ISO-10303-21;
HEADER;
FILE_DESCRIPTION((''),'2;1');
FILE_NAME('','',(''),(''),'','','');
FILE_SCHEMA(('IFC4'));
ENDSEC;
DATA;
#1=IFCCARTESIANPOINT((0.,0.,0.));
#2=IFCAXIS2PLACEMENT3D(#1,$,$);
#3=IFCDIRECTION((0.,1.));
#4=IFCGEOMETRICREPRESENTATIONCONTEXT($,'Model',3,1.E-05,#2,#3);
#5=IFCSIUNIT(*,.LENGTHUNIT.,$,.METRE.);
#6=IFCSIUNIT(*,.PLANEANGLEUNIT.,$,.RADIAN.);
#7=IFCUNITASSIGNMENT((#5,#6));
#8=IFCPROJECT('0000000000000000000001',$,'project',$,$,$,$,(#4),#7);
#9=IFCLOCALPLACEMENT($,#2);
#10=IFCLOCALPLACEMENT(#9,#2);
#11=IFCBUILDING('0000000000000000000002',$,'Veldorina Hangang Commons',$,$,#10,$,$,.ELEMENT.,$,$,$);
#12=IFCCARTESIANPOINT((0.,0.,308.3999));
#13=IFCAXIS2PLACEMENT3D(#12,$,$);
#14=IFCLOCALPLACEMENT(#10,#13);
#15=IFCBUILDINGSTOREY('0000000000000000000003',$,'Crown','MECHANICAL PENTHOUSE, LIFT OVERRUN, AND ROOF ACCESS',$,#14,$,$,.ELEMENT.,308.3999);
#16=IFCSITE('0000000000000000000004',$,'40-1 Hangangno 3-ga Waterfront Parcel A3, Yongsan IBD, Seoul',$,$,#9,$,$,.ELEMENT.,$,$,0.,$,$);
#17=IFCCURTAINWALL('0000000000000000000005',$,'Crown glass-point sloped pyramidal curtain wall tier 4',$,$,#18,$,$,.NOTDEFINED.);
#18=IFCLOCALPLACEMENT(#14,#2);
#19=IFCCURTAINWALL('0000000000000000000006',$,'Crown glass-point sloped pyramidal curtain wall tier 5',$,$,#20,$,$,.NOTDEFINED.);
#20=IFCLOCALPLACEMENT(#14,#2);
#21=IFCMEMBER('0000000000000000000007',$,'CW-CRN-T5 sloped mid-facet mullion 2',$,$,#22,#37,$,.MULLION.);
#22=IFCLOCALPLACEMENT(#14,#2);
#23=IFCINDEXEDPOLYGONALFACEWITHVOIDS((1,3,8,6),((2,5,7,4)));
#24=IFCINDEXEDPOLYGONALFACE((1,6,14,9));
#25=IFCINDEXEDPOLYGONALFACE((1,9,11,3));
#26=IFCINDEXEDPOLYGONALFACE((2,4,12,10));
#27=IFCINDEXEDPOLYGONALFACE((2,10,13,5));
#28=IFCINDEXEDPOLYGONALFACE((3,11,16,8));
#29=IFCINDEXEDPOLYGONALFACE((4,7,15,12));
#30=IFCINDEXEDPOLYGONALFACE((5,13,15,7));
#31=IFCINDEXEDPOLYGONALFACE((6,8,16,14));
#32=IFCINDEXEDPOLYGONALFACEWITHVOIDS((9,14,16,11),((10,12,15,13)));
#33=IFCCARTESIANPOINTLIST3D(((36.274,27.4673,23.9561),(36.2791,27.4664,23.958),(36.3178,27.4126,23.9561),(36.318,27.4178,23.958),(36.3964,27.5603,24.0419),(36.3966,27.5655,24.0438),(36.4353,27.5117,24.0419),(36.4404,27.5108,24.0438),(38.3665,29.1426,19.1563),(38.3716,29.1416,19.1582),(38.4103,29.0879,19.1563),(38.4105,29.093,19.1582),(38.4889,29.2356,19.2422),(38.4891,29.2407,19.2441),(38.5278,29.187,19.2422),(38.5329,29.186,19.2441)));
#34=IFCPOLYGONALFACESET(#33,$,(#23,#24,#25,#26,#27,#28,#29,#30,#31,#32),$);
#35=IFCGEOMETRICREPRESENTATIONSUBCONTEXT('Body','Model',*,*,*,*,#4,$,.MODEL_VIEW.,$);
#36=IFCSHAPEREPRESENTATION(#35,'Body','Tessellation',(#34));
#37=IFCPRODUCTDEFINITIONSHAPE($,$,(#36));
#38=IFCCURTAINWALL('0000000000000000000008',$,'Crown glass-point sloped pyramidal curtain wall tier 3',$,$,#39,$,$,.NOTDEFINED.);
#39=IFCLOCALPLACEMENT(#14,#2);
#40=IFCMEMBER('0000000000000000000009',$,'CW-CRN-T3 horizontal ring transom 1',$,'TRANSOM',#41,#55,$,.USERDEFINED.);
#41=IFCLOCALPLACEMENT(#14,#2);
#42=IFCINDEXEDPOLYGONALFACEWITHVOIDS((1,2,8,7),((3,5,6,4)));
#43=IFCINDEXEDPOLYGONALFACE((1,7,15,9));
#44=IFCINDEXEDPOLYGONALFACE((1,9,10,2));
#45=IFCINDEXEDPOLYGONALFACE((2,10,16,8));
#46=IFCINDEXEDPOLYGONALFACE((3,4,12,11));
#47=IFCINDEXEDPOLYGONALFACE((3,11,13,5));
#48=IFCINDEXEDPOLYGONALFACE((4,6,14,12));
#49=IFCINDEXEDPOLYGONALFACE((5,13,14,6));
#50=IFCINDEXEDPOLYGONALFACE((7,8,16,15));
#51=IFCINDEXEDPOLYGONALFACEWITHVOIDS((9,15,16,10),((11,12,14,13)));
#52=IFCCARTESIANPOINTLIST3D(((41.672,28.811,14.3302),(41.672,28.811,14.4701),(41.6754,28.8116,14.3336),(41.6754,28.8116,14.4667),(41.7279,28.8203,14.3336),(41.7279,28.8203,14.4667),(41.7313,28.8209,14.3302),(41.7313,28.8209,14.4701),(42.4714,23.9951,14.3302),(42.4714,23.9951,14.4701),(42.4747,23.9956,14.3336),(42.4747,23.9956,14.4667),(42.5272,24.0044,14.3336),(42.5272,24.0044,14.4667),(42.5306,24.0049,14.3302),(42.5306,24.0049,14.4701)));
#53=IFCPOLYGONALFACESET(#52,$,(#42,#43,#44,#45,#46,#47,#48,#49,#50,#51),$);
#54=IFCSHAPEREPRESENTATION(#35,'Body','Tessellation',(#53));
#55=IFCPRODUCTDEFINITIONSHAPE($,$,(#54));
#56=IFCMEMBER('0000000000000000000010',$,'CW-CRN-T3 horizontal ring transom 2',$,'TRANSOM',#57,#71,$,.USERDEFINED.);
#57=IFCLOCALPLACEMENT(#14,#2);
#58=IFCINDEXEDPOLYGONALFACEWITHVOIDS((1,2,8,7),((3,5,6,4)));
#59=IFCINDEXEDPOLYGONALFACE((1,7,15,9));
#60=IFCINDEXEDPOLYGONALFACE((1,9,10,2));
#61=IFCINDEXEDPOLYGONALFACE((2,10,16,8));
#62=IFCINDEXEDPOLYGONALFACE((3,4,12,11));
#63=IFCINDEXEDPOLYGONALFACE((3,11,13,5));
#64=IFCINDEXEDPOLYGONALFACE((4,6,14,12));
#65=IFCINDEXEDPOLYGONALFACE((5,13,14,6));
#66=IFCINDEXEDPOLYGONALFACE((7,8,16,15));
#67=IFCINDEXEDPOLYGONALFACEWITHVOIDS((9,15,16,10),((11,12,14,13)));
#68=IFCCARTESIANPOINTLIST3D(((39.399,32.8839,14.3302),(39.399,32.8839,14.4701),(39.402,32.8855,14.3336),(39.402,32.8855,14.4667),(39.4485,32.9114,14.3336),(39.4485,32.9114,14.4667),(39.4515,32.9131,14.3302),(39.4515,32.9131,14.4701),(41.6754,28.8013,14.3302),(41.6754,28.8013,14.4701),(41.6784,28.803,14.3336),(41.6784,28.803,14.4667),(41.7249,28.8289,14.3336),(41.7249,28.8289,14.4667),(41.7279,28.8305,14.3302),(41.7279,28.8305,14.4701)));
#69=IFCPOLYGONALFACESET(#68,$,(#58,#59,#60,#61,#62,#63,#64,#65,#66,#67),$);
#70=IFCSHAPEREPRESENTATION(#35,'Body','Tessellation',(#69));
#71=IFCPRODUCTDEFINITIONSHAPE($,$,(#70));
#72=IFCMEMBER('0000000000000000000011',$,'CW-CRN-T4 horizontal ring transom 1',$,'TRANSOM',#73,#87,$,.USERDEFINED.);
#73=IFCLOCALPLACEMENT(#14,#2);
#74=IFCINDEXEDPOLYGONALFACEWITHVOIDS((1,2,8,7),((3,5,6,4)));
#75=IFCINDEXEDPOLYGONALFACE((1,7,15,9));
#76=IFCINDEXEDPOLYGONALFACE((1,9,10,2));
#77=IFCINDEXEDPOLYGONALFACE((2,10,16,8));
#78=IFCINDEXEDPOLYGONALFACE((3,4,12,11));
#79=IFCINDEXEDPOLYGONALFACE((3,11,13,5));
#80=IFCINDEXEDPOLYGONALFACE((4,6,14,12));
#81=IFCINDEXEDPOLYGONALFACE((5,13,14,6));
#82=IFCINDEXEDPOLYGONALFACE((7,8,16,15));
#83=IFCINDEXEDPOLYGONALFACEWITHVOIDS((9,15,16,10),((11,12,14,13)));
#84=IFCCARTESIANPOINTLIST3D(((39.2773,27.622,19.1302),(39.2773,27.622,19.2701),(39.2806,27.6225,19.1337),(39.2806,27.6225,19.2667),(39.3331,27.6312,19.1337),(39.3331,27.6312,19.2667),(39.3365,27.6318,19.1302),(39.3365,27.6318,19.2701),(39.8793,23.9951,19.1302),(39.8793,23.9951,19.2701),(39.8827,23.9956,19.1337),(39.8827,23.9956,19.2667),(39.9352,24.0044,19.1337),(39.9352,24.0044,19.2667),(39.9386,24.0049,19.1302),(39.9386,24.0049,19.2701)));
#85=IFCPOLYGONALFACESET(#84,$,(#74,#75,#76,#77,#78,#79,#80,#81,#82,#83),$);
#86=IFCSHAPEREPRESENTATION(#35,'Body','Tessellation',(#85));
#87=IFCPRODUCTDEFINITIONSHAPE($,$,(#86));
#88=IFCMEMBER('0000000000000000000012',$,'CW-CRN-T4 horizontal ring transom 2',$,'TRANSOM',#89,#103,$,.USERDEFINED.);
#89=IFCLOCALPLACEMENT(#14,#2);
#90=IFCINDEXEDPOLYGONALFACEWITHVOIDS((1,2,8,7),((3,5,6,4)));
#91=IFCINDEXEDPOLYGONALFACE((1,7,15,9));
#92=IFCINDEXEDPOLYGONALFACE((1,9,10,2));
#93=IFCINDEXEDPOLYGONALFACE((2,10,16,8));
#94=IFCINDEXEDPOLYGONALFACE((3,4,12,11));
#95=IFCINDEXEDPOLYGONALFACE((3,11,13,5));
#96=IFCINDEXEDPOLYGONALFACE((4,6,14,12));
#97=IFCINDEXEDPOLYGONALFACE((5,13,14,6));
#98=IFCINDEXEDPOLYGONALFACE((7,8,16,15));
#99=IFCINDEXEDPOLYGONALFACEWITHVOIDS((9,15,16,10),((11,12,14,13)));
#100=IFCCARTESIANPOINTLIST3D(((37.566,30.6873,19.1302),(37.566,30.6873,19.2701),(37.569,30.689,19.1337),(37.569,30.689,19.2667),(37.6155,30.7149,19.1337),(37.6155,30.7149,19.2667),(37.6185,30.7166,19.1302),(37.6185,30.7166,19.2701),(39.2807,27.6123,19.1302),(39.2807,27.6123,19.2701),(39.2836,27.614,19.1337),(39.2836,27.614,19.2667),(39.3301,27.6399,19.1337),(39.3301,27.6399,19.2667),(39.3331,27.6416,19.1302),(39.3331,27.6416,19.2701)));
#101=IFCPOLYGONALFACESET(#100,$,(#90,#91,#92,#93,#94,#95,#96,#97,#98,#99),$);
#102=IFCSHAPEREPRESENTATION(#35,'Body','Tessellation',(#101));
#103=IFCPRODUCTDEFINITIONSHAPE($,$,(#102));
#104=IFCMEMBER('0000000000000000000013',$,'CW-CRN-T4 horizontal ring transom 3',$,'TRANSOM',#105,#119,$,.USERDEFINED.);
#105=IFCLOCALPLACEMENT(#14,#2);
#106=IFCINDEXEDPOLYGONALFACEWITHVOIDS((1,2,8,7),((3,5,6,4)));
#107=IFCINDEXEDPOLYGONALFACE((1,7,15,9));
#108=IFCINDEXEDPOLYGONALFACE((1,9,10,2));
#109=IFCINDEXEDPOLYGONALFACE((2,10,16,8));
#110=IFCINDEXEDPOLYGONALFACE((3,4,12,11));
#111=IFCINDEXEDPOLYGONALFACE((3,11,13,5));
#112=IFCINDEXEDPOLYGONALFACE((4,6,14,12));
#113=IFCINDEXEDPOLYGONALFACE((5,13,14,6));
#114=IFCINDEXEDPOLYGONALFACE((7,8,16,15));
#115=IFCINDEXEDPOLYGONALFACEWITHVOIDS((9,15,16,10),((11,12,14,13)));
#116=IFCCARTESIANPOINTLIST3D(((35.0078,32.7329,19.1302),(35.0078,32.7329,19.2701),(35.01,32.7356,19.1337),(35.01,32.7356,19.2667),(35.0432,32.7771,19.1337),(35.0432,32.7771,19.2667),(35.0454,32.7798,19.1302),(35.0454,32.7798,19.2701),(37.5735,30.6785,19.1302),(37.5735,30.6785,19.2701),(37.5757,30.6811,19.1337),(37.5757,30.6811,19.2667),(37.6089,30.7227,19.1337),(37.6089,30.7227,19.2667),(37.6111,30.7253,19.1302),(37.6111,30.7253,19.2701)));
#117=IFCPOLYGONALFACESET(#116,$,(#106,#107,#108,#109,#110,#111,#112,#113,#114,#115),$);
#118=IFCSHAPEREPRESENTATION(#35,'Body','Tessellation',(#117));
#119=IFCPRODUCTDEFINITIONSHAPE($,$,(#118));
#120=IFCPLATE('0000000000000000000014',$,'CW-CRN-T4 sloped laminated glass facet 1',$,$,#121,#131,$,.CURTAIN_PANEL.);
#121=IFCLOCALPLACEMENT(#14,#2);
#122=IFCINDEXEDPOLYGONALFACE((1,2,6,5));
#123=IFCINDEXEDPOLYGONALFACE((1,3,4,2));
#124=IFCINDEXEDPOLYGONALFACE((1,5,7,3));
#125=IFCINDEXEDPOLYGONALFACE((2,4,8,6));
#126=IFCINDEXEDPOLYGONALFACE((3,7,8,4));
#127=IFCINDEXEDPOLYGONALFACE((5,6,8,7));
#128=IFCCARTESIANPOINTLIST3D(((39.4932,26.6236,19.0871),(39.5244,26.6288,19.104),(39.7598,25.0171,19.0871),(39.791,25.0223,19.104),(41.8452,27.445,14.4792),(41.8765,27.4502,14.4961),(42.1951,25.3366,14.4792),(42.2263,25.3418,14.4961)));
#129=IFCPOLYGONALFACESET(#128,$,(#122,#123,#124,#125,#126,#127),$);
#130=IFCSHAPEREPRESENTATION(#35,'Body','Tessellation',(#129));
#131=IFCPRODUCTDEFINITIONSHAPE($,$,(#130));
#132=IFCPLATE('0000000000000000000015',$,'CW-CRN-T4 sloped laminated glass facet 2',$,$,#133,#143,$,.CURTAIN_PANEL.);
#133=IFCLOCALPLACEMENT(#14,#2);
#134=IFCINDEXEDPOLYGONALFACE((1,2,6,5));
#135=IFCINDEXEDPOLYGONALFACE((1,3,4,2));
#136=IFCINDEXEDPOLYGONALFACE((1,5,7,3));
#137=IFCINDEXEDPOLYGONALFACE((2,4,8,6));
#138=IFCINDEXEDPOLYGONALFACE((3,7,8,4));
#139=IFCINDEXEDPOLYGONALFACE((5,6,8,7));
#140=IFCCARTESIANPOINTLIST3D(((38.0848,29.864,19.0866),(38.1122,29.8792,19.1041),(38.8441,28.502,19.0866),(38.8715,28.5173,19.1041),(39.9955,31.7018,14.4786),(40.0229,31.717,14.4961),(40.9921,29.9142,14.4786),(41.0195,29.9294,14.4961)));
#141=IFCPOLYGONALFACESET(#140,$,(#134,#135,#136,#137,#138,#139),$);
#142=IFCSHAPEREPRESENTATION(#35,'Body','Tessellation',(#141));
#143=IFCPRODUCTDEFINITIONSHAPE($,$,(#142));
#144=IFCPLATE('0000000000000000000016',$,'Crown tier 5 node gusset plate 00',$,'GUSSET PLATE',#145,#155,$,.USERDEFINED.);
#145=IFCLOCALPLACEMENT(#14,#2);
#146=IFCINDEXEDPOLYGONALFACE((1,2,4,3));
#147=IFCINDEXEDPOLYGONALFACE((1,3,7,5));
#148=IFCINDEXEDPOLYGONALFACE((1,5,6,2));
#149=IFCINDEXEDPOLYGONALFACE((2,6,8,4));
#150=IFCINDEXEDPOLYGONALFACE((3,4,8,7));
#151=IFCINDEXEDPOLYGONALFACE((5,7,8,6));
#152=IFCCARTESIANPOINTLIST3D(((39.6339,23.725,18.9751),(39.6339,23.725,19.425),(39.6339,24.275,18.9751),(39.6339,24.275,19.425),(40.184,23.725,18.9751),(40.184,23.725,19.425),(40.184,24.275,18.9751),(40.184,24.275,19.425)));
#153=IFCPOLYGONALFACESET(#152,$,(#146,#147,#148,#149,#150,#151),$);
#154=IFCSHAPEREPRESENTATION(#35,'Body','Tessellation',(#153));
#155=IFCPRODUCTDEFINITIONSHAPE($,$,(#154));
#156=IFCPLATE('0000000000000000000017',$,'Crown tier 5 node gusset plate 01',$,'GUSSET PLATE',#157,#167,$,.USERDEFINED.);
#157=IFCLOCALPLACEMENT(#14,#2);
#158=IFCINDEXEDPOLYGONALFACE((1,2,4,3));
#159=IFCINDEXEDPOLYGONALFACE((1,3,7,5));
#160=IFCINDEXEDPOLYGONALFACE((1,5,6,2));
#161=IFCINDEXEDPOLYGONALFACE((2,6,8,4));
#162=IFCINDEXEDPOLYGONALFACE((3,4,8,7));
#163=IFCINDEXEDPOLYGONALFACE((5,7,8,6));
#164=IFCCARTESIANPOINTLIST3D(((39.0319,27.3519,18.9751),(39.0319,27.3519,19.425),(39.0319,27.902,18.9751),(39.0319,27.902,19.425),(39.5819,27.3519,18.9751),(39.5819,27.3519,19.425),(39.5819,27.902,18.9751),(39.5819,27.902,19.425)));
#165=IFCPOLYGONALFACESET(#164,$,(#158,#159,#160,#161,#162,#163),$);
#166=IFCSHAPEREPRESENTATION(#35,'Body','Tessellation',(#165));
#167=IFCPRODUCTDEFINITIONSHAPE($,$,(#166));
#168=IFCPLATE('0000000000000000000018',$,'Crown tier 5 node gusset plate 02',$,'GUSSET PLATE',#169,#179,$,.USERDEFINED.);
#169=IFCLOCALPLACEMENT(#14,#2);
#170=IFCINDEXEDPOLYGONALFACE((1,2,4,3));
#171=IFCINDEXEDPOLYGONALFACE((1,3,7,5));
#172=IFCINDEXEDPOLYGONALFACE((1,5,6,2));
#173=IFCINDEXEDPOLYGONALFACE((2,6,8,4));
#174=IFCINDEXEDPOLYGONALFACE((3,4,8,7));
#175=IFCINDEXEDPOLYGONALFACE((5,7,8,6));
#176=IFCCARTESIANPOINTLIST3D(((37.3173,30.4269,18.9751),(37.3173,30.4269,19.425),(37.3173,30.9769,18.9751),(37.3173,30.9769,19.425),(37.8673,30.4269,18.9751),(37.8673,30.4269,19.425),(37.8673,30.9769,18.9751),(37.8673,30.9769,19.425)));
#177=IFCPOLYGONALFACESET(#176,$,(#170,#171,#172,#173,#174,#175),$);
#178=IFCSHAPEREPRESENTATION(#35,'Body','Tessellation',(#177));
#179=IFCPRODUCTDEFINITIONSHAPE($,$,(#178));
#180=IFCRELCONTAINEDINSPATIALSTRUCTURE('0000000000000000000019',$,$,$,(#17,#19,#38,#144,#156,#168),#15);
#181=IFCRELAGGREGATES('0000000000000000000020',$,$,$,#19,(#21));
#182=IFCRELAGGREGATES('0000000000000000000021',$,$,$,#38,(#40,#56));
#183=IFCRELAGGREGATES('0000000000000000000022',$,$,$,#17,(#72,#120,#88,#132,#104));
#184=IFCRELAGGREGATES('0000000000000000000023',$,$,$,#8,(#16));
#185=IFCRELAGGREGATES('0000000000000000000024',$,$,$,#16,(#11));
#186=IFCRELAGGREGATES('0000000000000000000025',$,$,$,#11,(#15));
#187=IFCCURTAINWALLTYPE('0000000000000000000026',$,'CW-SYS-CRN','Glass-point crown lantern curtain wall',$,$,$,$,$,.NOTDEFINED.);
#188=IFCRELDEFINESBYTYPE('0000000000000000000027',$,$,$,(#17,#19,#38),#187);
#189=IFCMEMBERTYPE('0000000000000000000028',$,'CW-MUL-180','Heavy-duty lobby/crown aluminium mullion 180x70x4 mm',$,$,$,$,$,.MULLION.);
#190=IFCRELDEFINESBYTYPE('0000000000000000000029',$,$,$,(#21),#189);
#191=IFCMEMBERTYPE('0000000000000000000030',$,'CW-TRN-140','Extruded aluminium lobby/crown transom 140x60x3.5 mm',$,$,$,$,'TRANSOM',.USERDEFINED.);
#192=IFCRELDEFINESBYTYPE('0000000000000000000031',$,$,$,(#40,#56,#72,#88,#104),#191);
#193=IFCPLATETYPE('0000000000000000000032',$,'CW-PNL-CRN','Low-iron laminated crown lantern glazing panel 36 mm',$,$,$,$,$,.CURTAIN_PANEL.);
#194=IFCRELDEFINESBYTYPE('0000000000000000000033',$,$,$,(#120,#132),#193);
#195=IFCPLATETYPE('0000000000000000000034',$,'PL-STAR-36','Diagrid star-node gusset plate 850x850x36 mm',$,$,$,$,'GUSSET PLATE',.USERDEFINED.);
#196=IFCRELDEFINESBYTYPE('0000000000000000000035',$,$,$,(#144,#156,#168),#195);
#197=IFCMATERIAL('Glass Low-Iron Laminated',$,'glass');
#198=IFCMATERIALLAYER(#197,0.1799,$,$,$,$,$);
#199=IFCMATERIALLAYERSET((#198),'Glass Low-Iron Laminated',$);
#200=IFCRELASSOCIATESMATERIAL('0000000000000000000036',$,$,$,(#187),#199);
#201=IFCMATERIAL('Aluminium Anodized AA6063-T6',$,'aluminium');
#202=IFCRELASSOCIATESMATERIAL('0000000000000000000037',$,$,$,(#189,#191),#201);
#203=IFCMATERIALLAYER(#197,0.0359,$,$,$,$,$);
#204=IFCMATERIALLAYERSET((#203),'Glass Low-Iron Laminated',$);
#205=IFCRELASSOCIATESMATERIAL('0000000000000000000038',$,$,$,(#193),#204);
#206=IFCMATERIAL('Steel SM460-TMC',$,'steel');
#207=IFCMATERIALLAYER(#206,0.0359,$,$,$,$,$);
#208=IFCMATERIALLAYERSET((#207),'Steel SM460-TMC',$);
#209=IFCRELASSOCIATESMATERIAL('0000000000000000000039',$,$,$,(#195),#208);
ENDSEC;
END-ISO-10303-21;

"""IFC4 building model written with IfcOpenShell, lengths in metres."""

from ifc_helpers import new_model, si_unit, direction, frame, origin, origin_2d, place, context, subcontext, project, spatial, polyline, rectangle, hollow_rectangle, outline, extrude, material, layer, layer_set, material_profile, profile_set, type_object, element, aggregate, save


model = new_model("IFC4")

# Units and contexts
model_context = context("Model", 3, precision=1e-05, world=origin(), true_north=direction((0.0, 1.0)))
body_context = subcontext(model_context, "Body", "Model", "MODEL_VIEW")
ifc_project = project(units=[si_unit("LENGTHUNIT", "METRE"), si_unit("PLANEANGLEUNIT", "RADIAN")], contexts=[model_context])

# Site, building, storey
site_placement = place(None, origin())
site = spatial("IfcSite", under=ifc_project, at=site_placement, Name="40-1 Hangangno 3-ga Waterfront Parcel A3, Yongsan IBD, Seoul", CompositionType="ELEMENT", RefElevation=0.0)
building_placement = place(site_placement, origin())
building = spatial("IfcBuilding", under=site, at=building_placement, Name="Veldorina Hangang Commons", CompositionType="ELEMENT")
storey_placement = place(building_placement, frame((0.0, 0.0, 308.3999)))
storey = spatial("IfcBuildingStorey", under=building, at=storey_placement, Name="Crown", Description="MECHANICAL PENTHOUSE, LIFT OVERRUN, AND ROOF ACCESS", CompositionType="ELEMENT", Elevation=308.3999)

# Shared definitions
ifc_material_1 = material(Name="Steel SM460-TMC", Category="steel")

# Curtain wall
ifc_material_2 = material(Name="Glass Low-Iron Laminated", Category="glass")
ifc_layer_1 = layer(ifc_material_2, 0.1799)
ifc_layer_set_1 = layer_set([ifc_layer_1], Name="Glass Low-Iron Laminated")
curtain_wall_type = type_object("IfcCurtainWallType", Name="CW-SYS-CRN", Description="Glass-point crown lantern curtain wall", PredefinedType="NOTDEFINED", material=ifc_layer_set_1)
curtain_wall_1_placement = place(storey_placement, origin())
curtain_wall_1 = element("IfcCurtainWall", 1, at=curtain_wall_1_placement, inside=storey, type_object=curtain_wall_type, Name="Crown glass-point sloped pyramidal curtain wall tier 4", PredefinedType="NOTDEFINED")
ifc_material_3 = material(Name="Aluminium Anodized AA6063-T6", Category="aluminium")
ifc_material_profile_1 = material_profile(ifc_material_3, hollow_rectangle(XDim=0.0701, YDim=0.1799, WallThickness=0.0039, at=origin_2d()), Name="ALU-RHS-180x70x4")
ifc_profile_set_1 = profile_set([ifc_material_profile_1], Name="Aluminium Anodized AA6063-T6")
member_type_1 = type_object("IfcMemberType", Name="CW-MUL-180", Description="Heavy-duty lobby/crown aluminium mullion 180x70x4 mm", PredefinedType="MULLION", material=ifc_profile_set_1)

# Curtain walls, members
curtain_wall_2_placement = place(storey_placement, origin())
curtain_wall_2 = element("IfcCurtainWall", 2, at=curtain_wall_2_placement, inside=storey, type_object=curtain_wall_type, Name="Crown glass-point sloped pyramidal curtain wall tier 5", PredefinedType="NOTDEFINED")
member_1_placement = place(storey_placement, frame((38.4497, 29.1643, 19.2002), z_axis=(-0.380627, -0.304733, 0.873076), x_axis=(0.624984, -0.780638, 0.0)))
member_1 = element("IfcMember", 3, at=member_1_placement, type_object=member_type_1, Name="CW-CRN-T5 sloped mid-facet mullion 2", PredefinedType="MULLION", context=body_context, shape_type="SweptSolid", body=[
    extrude(hollow_rectangle(XDim=0.0701, YDim=0.1799, WallThickness=0.0039, at=origin_2d()), origin(), (0.0, 0.0, 1.0), 5.4976),
])
aggregate(curtain_wall_2, [member_1])
curtain_wall_3_placement = place(storey_placement, origin())
curtain_wall_3 = element("IfcCurtainWall", 4, at=curtain_wall_3_placement, inside=storey, type_object=curtain_wall_type, Name="Crown glass-point sloped pyramidal curtain wall tier 3", PredefinedType="NOTDEFINED")
ifc_material_profile_2 = material_profile(ifc_material_3, hollow_rectangle(XDim=0.0601, YDim=0.1399, WallThickness=0.0034, at=origin_2d()), Name="ALU-RHS-140x60x3.5")
ifc_profile_set_2 = profile_set([ifc_material_profile_2], Name="Aluminium Anodized AA6063-T6")
member_type_2 = type_object("IfcMemberType", Name="CW-TRN-140", Description="Extruded aluminium lobby/crown transom 140x60x3.5 mm", ElementType="TRANSOM", PredefinedType="USERDEFINED", material=ifc_profile_set_2)
member_2_placement = place(storey_placement, frame((42.501, 24.0, 14.4001), z_axis=(-0.163734, 0.986505, 0.0), x_axis=(-0.986505, -0.163734, 0.0)))
member_2 = element("IfcMember", 5, at=member_2_placement, type_object=member_type_2, Name="CW-CRN-T3 horizontal ring transom 1", ObjectType="TRANSOM", PredefinedType="USERDEFINED", context=body_context, shape_type="SweptSolid", body=[
    extrude(hollow_rectangle(XDim=0.0601, YDim=0.1399, WallThickness=0.0034, at=origin_2d()), origin(), (0.0, 0.0, 1.0), 4.8818),
])
member_3_placement = place(storey_placement, frame((41.7017, 28.8159, 14.4001), z_axis=(-0.486999, 0.873402, 0.0), x_axis=(-0.873402, -0.486999, 0.0)))
member_3 = element("IfcMember", 6, at=member_3_placement, type_object=member_type_2, Name="CW-CRN-T3 horizontal ring transom 2", ObjectType="TRANSOM", PredefinedType="USERDEFINED", context=body_context, shape_type="SweptSolid", body=[
    extrude(hollow_rectangle(XDim=0.0601, YDim=0.1399, WallThickness=0.0034, at=origin_2d()), origin(), (0.0, 0.0, 1.0), 4.6743),
])
aggregate(curtain_wall_3, [member_2, member_3])

# Members
member_4_placement = place(storey_placement, frame((39.9089, 24.0, 19.2002), z_axis=(-0.163753, 0.986501, 0.0), x_axis=(-0.986501, -0.163753, 0.0)))
member_4 = element("IfcMember", 7, at=member_4_placement, type_object=member_type_2, Name="CW-CRN-T4 horizontal ring transom 1", ObjectType="TRANSOM", PredefinedType="USERDEFINED", context=body_context, shape_type="SweptSolid", body=[
    extrude(hollow_rectangle(XDim=0.0601, YDim=0.1399, WallThickness=0.0034, at=origin_2d()), origin(), (0.0, 0.0, 1.0), 3.6765),
])
member_5_placement = place(storey_placement, frame((39.3069, 27.627, 19.2002), z_axis=(-0.487008, 0.873397, 0.0), x_axis=(-0.873397, -0.487008, 0.0)))
member_5 = element("IfcMember", 8, at=member_5_placement, type_object=member_type_2, Name="CW-CRN-T4 horizontal ring transom 2", ObjectType="TRANSOM", PredefinedType="USERDEFINED", context=body_context, shape_type="SweptSolid", body=[
    extrude(hollow_rectangle(XDim=0.0601, YDim=0.1399, WallThickness=0.0034, at=origin_2d()), origin(), (0.0, 0.0, 1.0), 3.5208),
])
member_6_placement = place(storey_placement, frame((37.5923, 30.7019, 19.2002), z_axis=(-0.780586, 0.625048, 0.0), x_axis=(-0.625048, -0.780586, 0.0)))
member_6 = element("IfcMember", 9, at=member_6_placement, type_object=member_type_2, Name="CW-CRN-T4 horizontal ring transom 3", ObjectType="TRANSOM", PredefinedType="USERDEFINED", context=body_context, shape_type="SweptSolid", body=[
    extrude(hollow_rectangle(XDim=0.0601, YDim=0.1399, WallThickness=0.0034, at=origin_2d()), origin(), (0.0, 0.0, 1.0), 3.2869),
])

# Plates
ifc_layer_2 = layer(ifc_material_2, 0.0359)
ifc_layer_set_2 = layer_set([ifc_layer_2], Name="Glass Low-Iron Laminated")
plate_type_1 = type_object("IfcPlateType", Name="CW-PNL-CRN", Description="Low-iron laminated crown lantern glazing panel 36 mm", PredefinedType="CURTAIN_PANEL", material=ifc_layer_set_2)
plate_1_placement = place(storey_placement, frame((42.2263, 25.3418, 14.4961), z_axis=(0.870666, 0.144482, 0.470176), x_axis=(-0.163703, 0.98651, -0.000004)))
plate_1 = element("IfcPlate", 10, at=plate_1_placement, type_object=plate_type_1, Name="CW-CRN-T4 sloped laminated glass facet 1", PredefinedType="CURTAIN_PANEL", context=body_context, shape_type="SweptSolid", body=[
    extrude(outline(polyline([(0.0, 0.0), (2.1372, 0.0), (1.7119, 5.2209), (0.0835, 5.2209), (0.0, 0.0)])), origin(), (0.0, 0.0, -1.0), 0.0359),
])
plate_2_placement = place(storey_placement, frame((41.0195, 29.9294, 14.4961), z_axis=(0.763247, 0.425525, 0.486193), x_axis=(-0.48695, 0.87343, -0.000007)))
plate_2 = element("IfcPlate", 11, at=plate_2_placement, type_object=plate_type_1, Name="CW-CRN-T4 sloped laminated glass facet 2", PredefinedType="CURTAIN_PANEL", context=body_context, shape_type="SweptSolid", body=[
    extrude(outline(polyline([(0.0, 0.0), (2.0466, 0.0), (1.3718, 5.2732), (-0.1875, 5.2732), (0.0, 0.0)])), origin(), (0.0, 0.0, -1.0), 0.0359),
])
aggregate(curtain_wall_1, [member_4, plate_1, member_5, plate_2, member_6])

# Plates
ifc_layer_3 = layer(ifc_material_1, 0.0359)
ifc_layer_set_3 = layer_set([ifc_layer_3], Name="Steel SM460-TMC")
plate_type_2 = type_object("IfcPlateType", Name="PL-STAR-36", Description="Diagrid star-node gusset plate 850x850x36 mm", ElementType="GUSSET PLATE", PredefinedType="USERDEFINED", material=ifc_layer_set_3)
for number, where, z_axis, x_axis, name in (
    (12, (39.9089, 24.0, 18.9751), (0.0, 0.0, 1.0), (1.0, 0.0, 0.0), "Crown tier 5 node gusset plate 00"),
    (13, (39.3069, 27.627, 18.9751), (0.0, 0.0, 1.0), (1.0, 0.0, 0.0), "Crown tier 5 node gusset plate 01"),
    (14, (37.5923, 30.7019, 18.9751), (0.0, 0.0, 1.0), (1.0, 0.0, 0.0), "Crown tier 5 node gusset plate 02"),
):
    element("IfcPlate", number, at=place(storey_placement, frame(where, z_axis=z_axis, x_axis=x_axis)), inside=storey, type_object=plate_type_2, Name=name, ObjectType="GUSSET PLATE", PredefinedType="USERDEFINED", context=body_context, shape_type="SweptSolid", body=[
        extrude(rectangle(XDim=0.55, YDim=0.55, at=origin_2d()), origin(), (0.0, 0.0, 1.0), 0.45),
    ])

save(model, "model.ifc")
